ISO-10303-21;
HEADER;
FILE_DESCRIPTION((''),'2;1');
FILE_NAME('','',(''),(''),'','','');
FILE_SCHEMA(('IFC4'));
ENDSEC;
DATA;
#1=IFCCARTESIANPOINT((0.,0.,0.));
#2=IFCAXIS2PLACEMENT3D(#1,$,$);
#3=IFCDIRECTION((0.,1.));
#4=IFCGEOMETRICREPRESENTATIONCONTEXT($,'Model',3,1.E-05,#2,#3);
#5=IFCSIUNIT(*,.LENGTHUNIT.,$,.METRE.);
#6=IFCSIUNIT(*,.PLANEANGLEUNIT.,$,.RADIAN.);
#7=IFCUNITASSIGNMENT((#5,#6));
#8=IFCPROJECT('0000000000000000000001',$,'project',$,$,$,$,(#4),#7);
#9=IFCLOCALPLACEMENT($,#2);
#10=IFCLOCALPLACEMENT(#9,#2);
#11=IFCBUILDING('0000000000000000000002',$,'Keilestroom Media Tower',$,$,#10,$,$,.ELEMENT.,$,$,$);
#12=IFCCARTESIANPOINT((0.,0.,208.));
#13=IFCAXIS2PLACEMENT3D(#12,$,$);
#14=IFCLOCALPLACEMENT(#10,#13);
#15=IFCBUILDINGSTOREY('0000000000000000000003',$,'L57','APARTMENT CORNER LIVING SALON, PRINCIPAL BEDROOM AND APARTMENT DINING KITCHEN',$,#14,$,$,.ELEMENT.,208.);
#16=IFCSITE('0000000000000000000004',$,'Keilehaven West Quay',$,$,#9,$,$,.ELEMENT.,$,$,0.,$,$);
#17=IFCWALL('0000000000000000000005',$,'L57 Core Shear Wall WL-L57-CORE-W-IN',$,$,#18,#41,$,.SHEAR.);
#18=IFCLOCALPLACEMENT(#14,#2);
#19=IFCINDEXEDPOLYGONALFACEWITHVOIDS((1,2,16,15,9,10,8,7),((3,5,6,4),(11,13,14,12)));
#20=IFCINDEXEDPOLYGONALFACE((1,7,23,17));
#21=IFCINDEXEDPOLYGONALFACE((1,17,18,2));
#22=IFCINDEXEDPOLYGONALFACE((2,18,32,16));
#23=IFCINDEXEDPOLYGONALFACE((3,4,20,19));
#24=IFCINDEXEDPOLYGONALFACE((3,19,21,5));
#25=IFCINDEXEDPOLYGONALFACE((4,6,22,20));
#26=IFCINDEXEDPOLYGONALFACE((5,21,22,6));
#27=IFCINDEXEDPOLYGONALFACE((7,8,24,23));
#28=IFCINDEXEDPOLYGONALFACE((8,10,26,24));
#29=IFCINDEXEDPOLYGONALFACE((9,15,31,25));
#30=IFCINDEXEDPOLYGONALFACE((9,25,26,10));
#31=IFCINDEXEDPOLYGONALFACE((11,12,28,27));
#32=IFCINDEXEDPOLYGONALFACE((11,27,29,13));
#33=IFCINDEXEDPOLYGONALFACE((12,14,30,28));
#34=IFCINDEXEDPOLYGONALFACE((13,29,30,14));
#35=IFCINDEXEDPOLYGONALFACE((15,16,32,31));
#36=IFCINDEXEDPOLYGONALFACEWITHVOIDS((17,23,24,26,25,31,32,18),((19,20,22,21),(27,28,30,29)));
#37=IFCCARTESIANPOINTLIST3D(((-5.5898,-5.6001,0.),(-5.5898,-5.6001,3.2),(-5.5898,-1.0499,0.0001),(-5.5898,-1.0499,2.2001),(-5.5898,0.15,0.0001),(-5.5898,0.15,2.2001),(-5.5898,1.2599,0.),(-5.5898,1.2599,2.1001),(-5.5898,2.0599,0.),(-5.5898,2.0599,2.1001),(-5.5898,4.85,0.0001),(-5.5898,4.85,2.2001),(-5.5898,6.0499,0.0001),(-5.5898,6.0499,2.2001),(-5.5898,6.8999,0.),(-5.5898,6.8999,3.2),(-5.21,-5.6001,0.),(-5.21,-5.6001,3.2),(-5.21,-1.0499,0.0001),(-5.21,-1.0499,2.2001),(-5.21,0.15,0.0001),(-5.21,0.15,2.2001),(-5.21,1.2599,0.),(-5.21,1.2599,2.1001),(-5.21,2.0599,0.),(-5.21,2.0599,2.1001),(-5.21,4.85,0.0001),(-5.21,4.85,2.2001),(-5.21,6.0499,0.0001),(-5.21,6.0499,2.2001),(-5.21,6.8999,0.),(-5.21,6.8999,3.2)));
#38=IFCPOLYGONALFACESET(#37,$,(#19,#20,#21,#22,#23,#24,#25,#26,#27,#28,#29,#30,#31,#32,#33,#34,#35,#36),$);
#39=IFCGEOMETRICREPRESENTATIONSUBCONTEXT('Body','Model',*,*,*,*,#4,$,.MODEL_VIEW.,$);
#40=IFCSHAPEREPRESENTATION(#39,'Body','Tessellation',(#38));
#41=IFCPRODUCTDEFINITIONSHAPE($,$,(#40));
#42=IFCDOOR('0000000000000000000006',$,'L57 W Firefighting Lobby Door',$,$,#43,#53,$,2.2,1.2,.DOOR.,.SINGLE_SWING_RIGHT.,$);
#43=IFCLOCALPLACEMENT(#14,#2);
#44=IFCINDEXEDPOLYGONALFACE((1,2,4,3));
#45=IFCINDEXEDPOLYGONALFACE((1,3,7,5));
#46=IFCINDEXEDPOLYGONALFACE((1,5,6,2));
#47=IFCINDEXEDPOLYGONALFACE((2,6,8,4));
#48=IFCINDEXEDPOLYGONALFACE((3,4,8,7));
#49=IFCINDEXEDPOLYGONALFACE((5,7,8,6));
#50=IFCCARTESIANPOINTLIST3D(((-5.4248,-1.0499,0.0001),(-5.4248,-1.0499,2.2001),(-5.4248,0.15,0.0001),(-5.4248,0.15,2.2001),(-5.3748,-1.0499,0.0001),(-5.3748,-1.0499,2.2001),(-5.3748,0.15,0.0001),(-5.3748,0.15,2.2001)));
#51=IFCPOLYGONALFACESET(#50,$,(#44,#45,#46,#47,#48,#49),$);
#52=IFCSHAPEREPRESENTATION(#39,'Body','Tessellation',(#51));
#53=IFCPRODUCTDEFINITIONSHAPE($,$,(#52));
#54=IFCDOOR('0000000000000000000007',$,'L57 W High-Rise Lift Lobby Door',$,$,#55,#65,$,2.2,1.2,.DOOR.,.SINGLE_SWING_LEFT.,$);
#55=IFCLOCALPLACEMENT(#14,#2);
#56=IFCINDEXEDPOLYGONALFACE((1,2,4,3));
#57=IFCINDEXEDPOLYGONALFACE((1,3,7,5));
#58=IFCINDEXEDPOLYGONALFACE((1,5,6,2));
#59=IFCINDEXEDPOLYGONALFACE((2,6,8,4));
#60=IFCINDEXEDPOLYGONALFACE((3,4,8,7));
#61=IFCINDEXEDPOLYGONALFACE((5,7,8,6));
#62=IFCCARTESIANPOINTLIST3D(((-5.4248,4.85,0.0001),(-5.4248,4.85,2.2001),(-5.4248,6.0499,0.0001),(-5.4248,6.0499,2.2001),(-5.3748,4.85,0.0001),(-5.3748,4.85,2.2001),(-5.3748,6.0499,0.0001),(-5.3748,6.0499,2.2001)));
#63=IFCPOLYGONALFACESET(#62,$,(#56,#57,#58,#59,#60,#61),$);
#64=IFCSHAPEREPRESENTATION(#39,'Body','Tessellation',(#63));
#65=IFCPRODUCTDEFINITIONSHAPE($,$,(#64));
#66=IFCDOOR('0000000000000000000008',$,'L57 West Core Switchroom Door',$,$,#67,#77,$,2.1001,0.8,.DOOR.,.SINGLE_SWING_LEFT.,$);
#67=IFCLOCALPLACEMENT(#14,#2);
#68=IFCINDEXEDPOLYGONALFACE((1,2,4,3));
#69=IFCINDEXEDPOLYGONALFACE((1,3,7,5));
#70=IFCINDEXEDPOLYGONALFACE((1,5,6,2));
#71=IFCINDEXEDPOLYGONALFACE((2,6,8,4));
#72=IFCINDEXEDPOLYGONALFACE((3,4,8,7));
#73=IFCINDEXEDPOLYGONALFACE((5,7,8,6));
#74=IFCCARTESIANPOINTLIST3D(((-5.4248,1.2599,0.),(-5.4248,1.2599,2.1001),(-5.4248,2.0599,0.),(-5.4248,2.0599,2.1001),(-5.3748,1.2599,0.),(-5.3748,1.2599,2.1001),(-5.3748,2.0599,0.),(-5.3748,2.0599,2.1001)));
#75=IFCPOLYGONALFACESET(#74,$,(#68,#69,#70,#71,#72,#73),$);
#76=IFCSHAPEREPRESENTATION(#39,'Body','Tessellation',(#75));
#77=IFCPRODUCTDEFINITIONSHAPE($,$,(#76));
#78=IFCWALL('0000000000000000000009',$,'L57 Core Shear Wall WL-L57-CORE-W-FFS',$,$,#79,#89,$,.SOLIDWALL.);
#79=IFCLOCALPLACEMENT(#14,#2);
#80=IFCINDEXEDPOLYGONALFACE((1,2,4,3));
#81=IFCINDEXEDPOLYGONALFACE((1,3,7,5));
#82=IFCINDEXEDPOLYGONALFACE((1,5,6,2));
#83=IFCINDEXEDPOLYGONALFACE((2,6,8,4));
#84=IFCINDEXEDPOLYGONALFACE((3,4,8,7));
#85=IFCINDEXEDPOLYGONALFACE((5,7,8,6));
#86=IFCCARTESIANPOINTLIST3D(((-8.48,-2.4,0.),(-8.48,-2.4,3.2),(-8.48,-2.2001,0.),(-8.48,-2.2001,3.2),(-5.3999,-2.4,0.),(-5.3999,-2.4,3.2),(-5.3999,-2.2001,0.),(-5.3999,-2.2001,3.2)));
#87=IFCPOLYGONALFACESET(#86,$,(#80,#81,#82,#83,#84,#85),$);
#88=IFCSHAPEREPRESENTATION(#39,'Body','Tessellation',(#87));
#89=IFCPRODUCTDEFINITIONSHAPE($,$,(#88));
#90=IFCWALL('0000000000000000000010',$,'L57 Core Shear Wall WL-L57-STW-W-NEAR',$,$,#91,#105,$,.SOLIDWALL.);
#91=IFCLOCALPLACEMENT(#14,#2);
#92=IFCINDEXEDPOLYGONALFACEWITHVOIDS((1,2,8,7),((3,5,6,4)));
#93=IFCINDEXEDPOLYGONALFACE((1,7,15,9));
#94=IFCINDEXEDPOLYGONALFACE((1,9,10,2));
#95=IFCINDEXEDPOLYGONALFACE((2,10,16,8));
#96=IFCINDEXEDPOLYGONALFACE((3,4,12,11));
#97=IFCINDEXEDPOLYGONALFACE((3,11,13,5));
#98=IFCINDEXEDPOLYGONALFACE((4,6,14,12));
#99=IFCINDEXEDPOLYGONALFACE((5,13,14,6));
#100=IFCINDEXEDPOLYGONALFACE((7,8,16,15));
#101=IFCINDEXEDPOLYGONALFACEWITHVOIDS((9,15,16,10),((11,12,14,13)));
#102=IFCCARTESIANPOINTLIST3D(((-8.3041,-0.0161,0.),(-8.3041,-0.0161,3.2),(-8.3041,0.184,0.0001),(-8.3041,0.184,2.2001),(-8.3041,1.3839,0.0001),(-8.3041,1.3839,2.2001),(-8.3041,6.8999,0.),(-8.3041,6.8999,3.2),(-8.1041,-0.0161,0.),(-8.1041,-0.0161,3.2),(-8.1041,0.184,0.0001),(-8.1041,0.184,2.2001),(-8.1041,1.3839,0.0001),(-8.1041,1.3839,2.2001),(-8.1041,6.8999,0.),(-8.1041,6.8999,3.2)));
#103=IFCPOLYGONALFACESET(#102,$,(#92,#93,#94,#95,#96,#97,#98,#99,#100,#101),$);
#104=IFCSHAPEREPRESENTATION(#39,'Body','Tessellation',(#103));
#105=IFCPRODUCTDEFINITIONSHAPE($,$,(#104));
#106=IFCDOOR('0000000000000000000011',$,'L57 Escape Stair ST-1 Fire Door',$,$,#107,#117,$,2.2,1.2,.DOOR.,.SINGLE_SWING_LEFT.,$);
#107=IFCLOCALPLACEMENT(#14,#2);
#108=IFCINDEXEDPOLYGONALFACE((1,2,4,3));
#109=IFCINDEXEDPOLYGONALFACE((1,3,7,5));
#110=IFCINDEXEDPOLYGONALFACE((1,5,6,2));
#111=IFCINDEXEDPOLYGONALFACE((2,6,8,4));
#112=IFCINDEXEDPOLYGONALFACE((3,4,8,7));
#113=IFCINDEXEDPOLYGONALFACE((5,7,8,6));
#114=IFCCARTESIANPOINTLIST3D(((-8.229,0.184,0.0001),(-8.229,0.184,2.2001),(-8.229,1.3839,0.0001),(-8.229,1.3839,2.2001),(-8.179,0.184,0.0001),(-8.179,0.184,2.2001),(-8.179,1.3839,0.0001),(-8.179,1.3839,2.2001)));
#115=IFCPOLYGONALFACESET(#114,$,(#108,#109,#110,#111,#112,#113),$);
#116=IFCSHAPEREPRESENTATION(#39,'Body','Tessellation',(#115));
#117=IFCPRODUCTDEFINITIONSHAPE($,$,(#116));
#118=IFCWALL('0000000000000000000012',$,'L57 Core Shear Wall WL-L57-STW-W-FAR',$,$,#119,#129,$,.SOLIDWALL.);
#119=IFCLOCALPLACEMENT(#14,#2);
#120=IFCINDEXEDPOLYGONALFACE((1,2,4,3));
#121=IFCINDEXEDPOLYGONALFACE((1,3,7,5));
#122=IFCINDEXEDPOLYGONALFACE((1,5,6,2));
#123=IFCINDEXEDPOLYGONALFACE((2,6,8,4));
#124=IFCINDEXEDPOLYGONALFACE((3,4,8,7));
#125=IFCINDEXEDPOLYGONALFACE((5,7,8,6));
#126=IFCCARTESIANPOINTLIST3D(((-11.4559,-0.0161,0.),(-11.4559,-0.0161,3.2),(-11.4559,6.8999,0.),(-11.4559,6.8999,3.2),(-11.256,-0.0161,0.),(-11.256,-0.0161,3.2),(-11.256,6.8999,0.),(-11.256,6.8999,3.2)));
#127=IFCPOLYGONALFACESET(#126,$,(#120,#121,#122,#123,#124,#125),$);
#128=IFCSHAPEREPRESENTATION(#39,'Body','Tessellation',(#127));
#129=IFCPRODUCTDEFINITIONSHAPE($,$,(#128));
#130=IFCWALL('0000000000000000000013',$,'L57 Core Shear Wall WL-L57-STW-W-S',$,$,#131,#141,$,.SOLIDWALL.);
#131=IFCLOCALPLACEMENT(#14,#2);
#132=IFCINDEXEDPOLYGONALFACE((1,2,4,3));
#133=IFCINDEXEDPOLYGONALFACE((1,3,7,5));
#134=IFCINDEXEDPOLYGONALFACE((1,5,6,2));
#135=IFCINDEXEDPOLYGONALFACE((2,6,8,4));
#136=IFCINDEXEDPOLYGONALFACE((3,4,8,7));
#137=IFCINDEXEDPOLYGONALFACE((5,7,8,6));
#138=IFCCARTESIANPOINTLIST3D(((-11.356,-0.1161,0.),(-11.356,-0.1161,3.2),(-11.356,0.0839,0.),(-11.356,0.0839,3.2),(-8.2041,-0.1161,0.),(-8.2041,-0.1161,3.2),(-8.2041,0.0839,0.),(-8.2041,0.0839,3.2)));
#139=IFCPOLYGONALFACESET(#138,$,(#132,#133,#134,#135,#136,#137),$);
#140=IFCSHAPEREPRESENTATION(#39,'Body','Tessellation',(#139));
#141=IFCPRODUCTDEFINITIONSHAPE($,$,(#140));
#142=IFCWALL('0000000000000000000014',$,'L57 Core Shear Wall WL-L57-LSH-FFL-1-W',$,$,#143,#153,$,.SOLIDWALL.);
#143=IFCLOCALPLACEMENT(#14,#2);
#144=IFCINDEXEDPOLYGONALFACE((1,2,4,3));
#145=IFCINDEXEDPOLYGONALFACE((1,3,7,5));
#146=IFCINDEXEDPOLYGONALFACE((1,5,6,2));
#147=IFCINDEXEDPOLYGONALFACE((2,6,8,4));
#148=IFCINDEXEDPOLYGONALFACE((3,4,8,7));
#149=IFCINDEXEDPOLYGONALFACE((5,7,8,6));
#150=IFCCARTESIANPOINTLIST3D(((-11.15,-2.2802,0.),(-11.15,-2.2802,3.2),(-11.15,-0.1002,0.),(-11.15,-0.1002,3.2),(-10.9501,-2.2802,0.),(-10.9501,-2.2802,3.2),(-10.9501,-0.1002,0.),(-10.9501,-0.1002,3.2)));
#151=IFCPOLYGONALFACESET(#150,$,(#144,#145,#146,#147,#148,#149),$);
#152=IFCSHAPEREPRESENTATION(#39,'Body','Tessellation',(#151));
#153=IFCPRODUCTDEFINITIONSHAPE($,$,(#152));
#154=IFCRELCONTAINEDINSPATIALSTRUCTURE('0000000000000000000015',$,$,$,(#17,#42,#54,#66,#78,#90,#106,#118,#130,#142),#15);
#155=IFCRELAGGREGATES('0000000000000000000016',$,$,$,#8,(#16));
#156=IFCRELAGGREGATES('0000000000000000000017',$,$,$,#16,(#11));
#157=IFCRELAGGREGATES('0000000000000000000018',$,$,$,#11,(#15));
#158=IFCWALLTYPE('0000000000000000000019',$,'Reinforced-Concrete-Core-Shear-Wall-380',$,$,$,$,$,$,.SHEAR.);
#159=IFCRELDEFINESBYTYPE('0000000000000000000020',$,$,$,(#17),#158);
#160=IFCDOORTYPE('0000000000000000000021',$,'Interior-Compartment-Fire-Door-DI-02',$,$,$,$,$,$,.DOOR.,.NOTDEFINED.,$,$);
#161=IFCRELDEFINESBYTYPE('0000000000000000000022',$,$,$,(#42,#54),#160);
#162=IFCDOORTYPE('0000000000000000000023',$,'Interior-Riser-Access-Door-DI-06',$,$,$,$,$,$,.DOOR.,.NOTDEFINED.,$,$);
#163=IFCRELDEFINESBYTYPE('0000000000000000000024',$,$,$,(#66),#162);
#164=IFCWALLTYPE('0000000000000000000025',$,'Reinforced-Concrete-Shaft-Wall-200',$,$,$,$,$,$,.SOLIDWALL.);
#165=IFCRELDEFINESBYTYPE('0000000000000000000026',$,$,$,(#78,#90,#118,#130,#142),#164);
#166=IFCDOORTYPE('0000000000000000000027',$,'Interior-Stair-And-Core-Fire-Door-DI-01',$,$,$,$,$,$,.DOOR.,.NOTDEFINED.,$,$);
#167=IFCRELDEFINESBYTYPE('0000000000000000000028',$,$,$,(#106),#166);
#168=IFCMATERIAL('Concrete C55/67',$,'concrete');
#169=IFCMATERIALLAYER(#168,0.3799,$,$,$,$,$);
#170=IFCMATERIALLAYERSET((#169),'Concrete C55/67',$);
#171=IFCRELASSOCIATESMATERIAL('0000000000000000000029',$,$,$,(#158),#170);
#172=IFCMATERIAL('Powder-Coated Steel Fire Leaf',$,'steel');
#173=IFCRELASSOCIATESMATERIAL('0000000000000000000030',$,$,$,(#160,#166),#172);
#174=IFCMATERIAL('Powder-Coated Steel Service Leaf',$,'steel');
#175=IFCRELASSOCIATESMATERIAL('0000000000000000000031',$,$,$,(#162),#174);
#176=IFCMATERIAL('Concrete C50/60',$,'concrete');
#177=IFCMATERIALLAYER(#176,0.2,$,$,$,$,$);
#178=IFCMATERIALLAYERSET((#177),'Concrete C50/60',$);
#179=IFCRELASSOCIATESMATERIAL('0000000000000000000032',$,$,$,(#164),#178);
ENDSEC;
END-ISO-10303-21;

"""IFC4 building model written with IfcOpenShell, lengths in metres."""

from ifc_helpers import new_model, si_unit, direction, frame, frame_2d, origin, place, context, subcontext, project, spatial, rectangle, extrude, source, transform, mapped, material, layer, layer_set, type_object, element, fill, save


model = new_model("IFC4")

# Units and contexts
model_context = context("Model", 3, precision=1e-05, world=origin(), true_north=direction((0.0, 1.0)))
body_context = subcontext(model_context, "Body", "Model", "MODEL_VIEW")
ifc_project = project(units=[si_unit("LENGTHUNIT", "METRE"), si_unit("PLANEANGLEUNIT", "RADIAN")], contexts=[model_context])

# Site, building, storey
site_placement = place(None, origin())
site = spatial("IfcSite", under=ifc_project, at=site_placement, Name="Keilehaven West Quay", CompositionType="ELEMENT", RefElevation=0.0)
building_placement = place(site_placement, origin())
building = spatial("IfcBuilding", under=site, at=building_placement, Name="Keilestroom Media Tower", CompositionType="ELEMENT")
storey_placement = place(building_placement, frame((0.0, 0.0, 208.0)))
storey = spatial("IfcBuildingStorey", under=building, at=storey_placement, Name="L57", Description="APARTMENT CORNER LIVING SALON, PRINCIPAL BEDROOM AND APARTMENT DINING KITCHEN", CompositionType="ELEMENT", Elevation=208.0)

# Shared definitions
ifc_material_1 = material(Name="Concrete C55/67", Category="concrete")
ifc_layer_1 = layer(ifc_material_1, 0.3799)
ifc_layer_set_1 = layer_set([ifc_layer_1], Name="Concrete C55/67")
wall_type_1 = type_object("IfcWallType", Name="Reinforced-Concrete-Core-Shear-Wall-380", PredefinedType="SHEAR", material=ifc_layer_set_1)

# Wall, openings, doors
wall_1_placement = place(storey_placement, frame((-5.3999, -5.6001, 0.0), z_axis=(0.0, 0.0, 1.0), x_axis=(0.0, 1.0, 0.0)))
wall_1 = element("IfcWall", 1, at=wall_1_placement, inside=storey, type_object=wall_type_1, Name="L57 Core Shear Wall WL-L57-CORE-W-IN", PredefinedType="SHEAR", context=body_context, shape_type="SweptSolid", body=[
    extrude(rectangle(XDim=12.5, YDim=0.3799, at=frame_2d((6.25, 0.0))), origin(), (0.0, 0.0, 1.0), 3.2),
])
opening_1_placement = place(wall_1_placement, frame((4.55, 0.0, 0.0)))
opening_1 = element("IfcOpeningElement", 2, at=opening_1_placement, cuts=wall_1, PredefinedType="OPENING", context=body_context, shape_type="SweptSolid", body=[
    extrude(rectangle(XDim=1.2, YDim=2.2, at=frame_2d((0.6001, 1.1001))), frame((0.0, 0.2, 0.0), z_axis=(0.0, -1.0, 0.0), x_axis=(1.0, 0.0, 0.0)), (0.0, 0.0, 1.0), 0.3999),
])
opening_2_placement = place(wall_1_placement, frame((10.45, 0.0, 0.0)))
opening_2 = element("IfcOpeningElement", 3, at=opening_2_placement, cuts=wall_1, PredefinedType="OPENING", context=body_context, shape_type="SweptSolid", body=[
    extrude(rectangle(XDim=1.2, YDim=2.2, at=frame_2d((0.6001, 1.1001))), frame((0.0, 0.2, 0.0), z_axis=(0.0, -1.0, 0.0), x_axis=(1.0, 0.0, 0.0)), (0.0, 0.0, 1.0), 0.3999),
])
opening_3_placement = place(wall_1_placement, frame((6.8601, 0.0, 0.0)))
opening_3 = element("IfcOpeningElement", 4, at=opening_3_placement, cuts=wall_1, PredefinedType="OPENING", context=body_context, shape_type="SweptSolid", body=[
    extrude(rectangle(XDim=0.8, YDim=2.1001, at=frame_2d((0.3999, 1.05))), frame((0.0, 0.2, 0.0), z_axis=(0.0, -1.0, 0.0), x_axis=(1.0, 0.0, 0.0)), (0.0, 0.0, 1.0), 0.3999),
])
ifc_material_2 = material(Name="Powder-Coated Steel Fire Leaf", Category="steel")
door_type_1 = type_object("IfcDoorType", Name="Interior-Compartment-Fire-Door-DI-02", OperationType="NOTDEFINED", PredefinedType="DOOR", material=ifc_material_2)
shared_shape_1 = source(origin(), body_context, "Body", "SweptSolid", [
    extrude(rectangle(XDim=1.2, YDim=2.2, at=frame_2d((0.6001, 1.1001))), frame((0.0, 0.0249, 0.0), z_axis=(0.0, -1.0, 0.0), x_axis=(1.0, 0.0, 0.0)), (0.0, 0.0, 1.0), 0.05),
])
door_1_placement = place(opening_1_placement, origin())
door_1 = element("IfcDoor", 5, at=door_1_placement, inside=storey, type_object=door_type_1, Name="L57 W Firefighting Lobby Door", OperationType="SINGLE_SWING_RIGHT", OverallHeight=2.2, OverallWidth=1.2, PredefinedType="DOOR", context=body_context, shape_type="MappedRepresentation", body=[
    mapped(shared_shape_1, transform((0.0, 0.0, 0.0), x_axis=(1.0, 0.0, 0.0), y_axis=(0.0, 1.0, 0.0), z_axis=(0.0, 0.0, 1.0), scale=1.0)),
])
fill(opening_1, door_1)
door_2_placement = place(opening_2_placement, origin())
door_2 = element("IfcDoor", 6, at=door_2_placement, inside=storey, type_object=door_type_1, Name="L57 W High-Rise Lift Lobby Door", OperationType="SINGLE_SWING_LEFT", OverallHeight=2.2, OverallWidth=1.2, PredefinedType="DOOR", context=body_context, shape_type="MappedRepresentation", body=[
    mapped(shared_shape_1, transform((0.0, 0.0, 0.0), x_axis=(1.0, 0.0, 0.0), y_axis=(0.0, 1.0, 0.0), z_axis=(0.0, 0.0, 1.0), scale=1.0)),
])
fill(opening_2, door_2)
ifc_material_3 = material(Name="Powder-Coated Steel Service Leaf", Category="steel")
door_type_2 = type_object("IfcDoorType", Name="Interior-Riser-Access-Door-DI-06", OperationType="NOTDEFINED", PredefinedType="DOOR", material=ifc_material_3)
shared_shape_2 = source(origin(), body_context, "Body", "SweptSolid", [
    extrude(rectangle(XDim=0.8, YDim=2.1001, at=frame_2d((0.3999, 1.05))), frame((0.0, 0.0249, 0.0), z_axis=(0.0, -1.0, 0.0), x_axis=(1.0, 0.0, 0.0)), (0.0, 0.0, 1.0), 0.05),
])
door_3_placement = place(opening_3_placement, origin())
door_3 = element("IfcDoor", 7, at=door_3_placement, inside=storey, type_object=door_type_2, Name="L57 West Core Switchroom Door", OperationType="SINGLE_SWING_LEFT", OverallHeight=2.1001, OverallWidth=0.8, PredefinedType="DOOR", context=body_context, shape_type="MappedRepresentation", body=[
    mapped(shared_shape_2, transform((0.0, 0.0, 0.0), x_axis=(1.0, 0.0, 0.0), y_axis=(0.0, 1.0, 0.0), z_axis=(0.0, 0.0, 1.0), scale=1.0)),
])
fill(opening_3, door_3)

# Wall
ifc_material_4 = material(Name="Concrete C50/60", Category="concrete")
ifc_layer_2 = layer(ifc_material_4, 0.2)
ifc_layer_set_2 = layer_set([ifc_layer_2], Name="Concrete C50/60")
wall_type_2 = type_object("IfcWallType", Name="Reinforced-Concrete-Shaft-Wall-200", PredefinedType="SOLIDWALL", material=ifc_layer_set_2)
wall_2_placement = place(storey_placement, frame((-8.48, -2.3, 0.0), z_axis=(0.0, 0.0, 1.0), x_axis=(1.0, 0.0, 0.0)))
element("IfcWall", 8, at=wall_2_placement, inside=storey, type_object=wall_type_2, Name="L57 Core Shear Wall WL-L57-CORE-W-FFS", PredefinedType="SOLIDWALL", context=body_context, shape_type="SweptSolid", body=[
    extrude(rectangle(XDim=3.0801, YDim=0.2, at=frame_2d((1.54, 0.0))), origin(), (0.0, 0.0, 1.0), 3.2),
])

# Wall, opening, door
wall_3_placement = place(storey_placement, frame((-8.2041, -0.0161, 0.0), z_axis=(0.0, 0.0, 1.0), x_axis=(0.0, 1.0, 0.0)))
wall_3 = element("IfcWall", 9, at=wall_3_placement, inside=storey, type_object=wall_type_2, Name="L57 Core Shear Wall WL-L57-STW-W-NEAR", PredefinedType="SOLIDWALL", context=body_context, shape_type="SweptSolid", body=[
    extrude(rectangle(XDim=6.916, YDim=0.2, at=frame_2d((3.458, 0.0))), origin(), (0.0, 0.0, 1.0), 3.2),
])
opening_4_placement = place(wall_3_placement, frame((0.2, 0.0, 0.0)))
opening_4 = element("IfcOpeningElement", 10, at=opening_4_placement, cuts=wall_3, PredefinedType="OPENING", context=body_context, shape_type="SweptSolid", body=[
    extrude(rectangle(XDim=1.2, YDim=2.2, at=frame_2d((0.6001, 1.1001))), frame((0.0, 0.1099, 0.0), z_axis=(0.0, -1.0, 0.0), x_axis=(1.0, 0.0, 0.0)), (0.0, 0.0, 1.0), 0.22),
])
door_type_3 = type_object("IfcDoorType", Name="Interior-Stair-And-Core-Fire-Door-DI-01", OperationType="NOTDEFINED", PredefinedType="DOOR", material=ifc_material_2)
door_4_placement = place(opening_4_placement, origin())
door_4 = element("IfcDoor", 11, at=door_4_placement, inside=storey, type_object=door_type_3, Name="L57 Escape Stair ST-1 Fire Door", OperationType="SINGLE_SWING_LEFT", OverallHeight=2.2, OverallWidth=1.2, PredefinedType="DOOR", context=body_context, shape_type="MappedRepresentation", body=[
    mapped(shared_shape_1, transform((0.0, 0.0, 0.0), x_axis=(1.0, 0.0, 0.0), y_axis=(0.0, 1.0, 0.0), z_axis=(0.0, 0.0, 1.0), scale=1.0)),
])
fill(opening_4, door_4)

# Walls
wall_4_placement = place(storey_placement, frame((-11.356, -0.0161, 0.0), z_axis=(0.0, 0.0, 1.0), x_axis=(0.0, 1.0, 0.0)))
element("IfcWall", 12, at=wall_4_placement, inside=storey, type_object=wall_type_2, Name="L57 Core Shear Wall WL-L57-STW-W-FAR", PredefinedType="SOLIDWALL", context=body_context, shape_type="SweptSolid", body=[
    extrude(rectangle(XDim=6.916, YDim=0.2, at=frame_2d((3.458, 0.0))), origin(), (0.0, 0.0, 1.0), 3.2),
])
wall_5_placement = place(storey_placement, frame((-11.356, -0.0161, 0.0), z_axis=(0.0, 0.0, 1.0), x_axis=(1.0, 0.0, 0.0)))
element("IfcWall", 13, at=wall_5_placement, inside=storey, type_object=wall_type_2, Name="L57 Core Shear Wall WL-L57-STW-W-S", PredefinedType="SOLIDWALL", context=body_context, shape_type="SweptSolid", body=[
    extrude(rectangle(XDim=3.1519, YDim=0.2, at=frame_2d((1.5759, 0.0))), origin(), (0.0, 0.0, 1.0), 3.2),
])
wall_6_placement = place(storey_placement, frame((-11.05, -2.28, 0.0), z_axis=(0.0, 0.0, 1.0), x_axis=(0.0, 1.0, 0.0)))
element("IfcWall", 14, at=wall_6_placement, inside=storey, type_object=wall_type_2, Name="L57 Core Shear Wall WL-L57-LSH-FFL-1-W", PredefinedType="SOLIDWALL", context=body_context, shape_type="SweptSolid", body=[
    extrude(rectangle(XDim=2.1799, YDim=0.2, at=frame_2d((1.0898, 0.0))), origin(), (0.0, 0.0, 1.0), 3.2),
])

save(model, "model.ifc")
